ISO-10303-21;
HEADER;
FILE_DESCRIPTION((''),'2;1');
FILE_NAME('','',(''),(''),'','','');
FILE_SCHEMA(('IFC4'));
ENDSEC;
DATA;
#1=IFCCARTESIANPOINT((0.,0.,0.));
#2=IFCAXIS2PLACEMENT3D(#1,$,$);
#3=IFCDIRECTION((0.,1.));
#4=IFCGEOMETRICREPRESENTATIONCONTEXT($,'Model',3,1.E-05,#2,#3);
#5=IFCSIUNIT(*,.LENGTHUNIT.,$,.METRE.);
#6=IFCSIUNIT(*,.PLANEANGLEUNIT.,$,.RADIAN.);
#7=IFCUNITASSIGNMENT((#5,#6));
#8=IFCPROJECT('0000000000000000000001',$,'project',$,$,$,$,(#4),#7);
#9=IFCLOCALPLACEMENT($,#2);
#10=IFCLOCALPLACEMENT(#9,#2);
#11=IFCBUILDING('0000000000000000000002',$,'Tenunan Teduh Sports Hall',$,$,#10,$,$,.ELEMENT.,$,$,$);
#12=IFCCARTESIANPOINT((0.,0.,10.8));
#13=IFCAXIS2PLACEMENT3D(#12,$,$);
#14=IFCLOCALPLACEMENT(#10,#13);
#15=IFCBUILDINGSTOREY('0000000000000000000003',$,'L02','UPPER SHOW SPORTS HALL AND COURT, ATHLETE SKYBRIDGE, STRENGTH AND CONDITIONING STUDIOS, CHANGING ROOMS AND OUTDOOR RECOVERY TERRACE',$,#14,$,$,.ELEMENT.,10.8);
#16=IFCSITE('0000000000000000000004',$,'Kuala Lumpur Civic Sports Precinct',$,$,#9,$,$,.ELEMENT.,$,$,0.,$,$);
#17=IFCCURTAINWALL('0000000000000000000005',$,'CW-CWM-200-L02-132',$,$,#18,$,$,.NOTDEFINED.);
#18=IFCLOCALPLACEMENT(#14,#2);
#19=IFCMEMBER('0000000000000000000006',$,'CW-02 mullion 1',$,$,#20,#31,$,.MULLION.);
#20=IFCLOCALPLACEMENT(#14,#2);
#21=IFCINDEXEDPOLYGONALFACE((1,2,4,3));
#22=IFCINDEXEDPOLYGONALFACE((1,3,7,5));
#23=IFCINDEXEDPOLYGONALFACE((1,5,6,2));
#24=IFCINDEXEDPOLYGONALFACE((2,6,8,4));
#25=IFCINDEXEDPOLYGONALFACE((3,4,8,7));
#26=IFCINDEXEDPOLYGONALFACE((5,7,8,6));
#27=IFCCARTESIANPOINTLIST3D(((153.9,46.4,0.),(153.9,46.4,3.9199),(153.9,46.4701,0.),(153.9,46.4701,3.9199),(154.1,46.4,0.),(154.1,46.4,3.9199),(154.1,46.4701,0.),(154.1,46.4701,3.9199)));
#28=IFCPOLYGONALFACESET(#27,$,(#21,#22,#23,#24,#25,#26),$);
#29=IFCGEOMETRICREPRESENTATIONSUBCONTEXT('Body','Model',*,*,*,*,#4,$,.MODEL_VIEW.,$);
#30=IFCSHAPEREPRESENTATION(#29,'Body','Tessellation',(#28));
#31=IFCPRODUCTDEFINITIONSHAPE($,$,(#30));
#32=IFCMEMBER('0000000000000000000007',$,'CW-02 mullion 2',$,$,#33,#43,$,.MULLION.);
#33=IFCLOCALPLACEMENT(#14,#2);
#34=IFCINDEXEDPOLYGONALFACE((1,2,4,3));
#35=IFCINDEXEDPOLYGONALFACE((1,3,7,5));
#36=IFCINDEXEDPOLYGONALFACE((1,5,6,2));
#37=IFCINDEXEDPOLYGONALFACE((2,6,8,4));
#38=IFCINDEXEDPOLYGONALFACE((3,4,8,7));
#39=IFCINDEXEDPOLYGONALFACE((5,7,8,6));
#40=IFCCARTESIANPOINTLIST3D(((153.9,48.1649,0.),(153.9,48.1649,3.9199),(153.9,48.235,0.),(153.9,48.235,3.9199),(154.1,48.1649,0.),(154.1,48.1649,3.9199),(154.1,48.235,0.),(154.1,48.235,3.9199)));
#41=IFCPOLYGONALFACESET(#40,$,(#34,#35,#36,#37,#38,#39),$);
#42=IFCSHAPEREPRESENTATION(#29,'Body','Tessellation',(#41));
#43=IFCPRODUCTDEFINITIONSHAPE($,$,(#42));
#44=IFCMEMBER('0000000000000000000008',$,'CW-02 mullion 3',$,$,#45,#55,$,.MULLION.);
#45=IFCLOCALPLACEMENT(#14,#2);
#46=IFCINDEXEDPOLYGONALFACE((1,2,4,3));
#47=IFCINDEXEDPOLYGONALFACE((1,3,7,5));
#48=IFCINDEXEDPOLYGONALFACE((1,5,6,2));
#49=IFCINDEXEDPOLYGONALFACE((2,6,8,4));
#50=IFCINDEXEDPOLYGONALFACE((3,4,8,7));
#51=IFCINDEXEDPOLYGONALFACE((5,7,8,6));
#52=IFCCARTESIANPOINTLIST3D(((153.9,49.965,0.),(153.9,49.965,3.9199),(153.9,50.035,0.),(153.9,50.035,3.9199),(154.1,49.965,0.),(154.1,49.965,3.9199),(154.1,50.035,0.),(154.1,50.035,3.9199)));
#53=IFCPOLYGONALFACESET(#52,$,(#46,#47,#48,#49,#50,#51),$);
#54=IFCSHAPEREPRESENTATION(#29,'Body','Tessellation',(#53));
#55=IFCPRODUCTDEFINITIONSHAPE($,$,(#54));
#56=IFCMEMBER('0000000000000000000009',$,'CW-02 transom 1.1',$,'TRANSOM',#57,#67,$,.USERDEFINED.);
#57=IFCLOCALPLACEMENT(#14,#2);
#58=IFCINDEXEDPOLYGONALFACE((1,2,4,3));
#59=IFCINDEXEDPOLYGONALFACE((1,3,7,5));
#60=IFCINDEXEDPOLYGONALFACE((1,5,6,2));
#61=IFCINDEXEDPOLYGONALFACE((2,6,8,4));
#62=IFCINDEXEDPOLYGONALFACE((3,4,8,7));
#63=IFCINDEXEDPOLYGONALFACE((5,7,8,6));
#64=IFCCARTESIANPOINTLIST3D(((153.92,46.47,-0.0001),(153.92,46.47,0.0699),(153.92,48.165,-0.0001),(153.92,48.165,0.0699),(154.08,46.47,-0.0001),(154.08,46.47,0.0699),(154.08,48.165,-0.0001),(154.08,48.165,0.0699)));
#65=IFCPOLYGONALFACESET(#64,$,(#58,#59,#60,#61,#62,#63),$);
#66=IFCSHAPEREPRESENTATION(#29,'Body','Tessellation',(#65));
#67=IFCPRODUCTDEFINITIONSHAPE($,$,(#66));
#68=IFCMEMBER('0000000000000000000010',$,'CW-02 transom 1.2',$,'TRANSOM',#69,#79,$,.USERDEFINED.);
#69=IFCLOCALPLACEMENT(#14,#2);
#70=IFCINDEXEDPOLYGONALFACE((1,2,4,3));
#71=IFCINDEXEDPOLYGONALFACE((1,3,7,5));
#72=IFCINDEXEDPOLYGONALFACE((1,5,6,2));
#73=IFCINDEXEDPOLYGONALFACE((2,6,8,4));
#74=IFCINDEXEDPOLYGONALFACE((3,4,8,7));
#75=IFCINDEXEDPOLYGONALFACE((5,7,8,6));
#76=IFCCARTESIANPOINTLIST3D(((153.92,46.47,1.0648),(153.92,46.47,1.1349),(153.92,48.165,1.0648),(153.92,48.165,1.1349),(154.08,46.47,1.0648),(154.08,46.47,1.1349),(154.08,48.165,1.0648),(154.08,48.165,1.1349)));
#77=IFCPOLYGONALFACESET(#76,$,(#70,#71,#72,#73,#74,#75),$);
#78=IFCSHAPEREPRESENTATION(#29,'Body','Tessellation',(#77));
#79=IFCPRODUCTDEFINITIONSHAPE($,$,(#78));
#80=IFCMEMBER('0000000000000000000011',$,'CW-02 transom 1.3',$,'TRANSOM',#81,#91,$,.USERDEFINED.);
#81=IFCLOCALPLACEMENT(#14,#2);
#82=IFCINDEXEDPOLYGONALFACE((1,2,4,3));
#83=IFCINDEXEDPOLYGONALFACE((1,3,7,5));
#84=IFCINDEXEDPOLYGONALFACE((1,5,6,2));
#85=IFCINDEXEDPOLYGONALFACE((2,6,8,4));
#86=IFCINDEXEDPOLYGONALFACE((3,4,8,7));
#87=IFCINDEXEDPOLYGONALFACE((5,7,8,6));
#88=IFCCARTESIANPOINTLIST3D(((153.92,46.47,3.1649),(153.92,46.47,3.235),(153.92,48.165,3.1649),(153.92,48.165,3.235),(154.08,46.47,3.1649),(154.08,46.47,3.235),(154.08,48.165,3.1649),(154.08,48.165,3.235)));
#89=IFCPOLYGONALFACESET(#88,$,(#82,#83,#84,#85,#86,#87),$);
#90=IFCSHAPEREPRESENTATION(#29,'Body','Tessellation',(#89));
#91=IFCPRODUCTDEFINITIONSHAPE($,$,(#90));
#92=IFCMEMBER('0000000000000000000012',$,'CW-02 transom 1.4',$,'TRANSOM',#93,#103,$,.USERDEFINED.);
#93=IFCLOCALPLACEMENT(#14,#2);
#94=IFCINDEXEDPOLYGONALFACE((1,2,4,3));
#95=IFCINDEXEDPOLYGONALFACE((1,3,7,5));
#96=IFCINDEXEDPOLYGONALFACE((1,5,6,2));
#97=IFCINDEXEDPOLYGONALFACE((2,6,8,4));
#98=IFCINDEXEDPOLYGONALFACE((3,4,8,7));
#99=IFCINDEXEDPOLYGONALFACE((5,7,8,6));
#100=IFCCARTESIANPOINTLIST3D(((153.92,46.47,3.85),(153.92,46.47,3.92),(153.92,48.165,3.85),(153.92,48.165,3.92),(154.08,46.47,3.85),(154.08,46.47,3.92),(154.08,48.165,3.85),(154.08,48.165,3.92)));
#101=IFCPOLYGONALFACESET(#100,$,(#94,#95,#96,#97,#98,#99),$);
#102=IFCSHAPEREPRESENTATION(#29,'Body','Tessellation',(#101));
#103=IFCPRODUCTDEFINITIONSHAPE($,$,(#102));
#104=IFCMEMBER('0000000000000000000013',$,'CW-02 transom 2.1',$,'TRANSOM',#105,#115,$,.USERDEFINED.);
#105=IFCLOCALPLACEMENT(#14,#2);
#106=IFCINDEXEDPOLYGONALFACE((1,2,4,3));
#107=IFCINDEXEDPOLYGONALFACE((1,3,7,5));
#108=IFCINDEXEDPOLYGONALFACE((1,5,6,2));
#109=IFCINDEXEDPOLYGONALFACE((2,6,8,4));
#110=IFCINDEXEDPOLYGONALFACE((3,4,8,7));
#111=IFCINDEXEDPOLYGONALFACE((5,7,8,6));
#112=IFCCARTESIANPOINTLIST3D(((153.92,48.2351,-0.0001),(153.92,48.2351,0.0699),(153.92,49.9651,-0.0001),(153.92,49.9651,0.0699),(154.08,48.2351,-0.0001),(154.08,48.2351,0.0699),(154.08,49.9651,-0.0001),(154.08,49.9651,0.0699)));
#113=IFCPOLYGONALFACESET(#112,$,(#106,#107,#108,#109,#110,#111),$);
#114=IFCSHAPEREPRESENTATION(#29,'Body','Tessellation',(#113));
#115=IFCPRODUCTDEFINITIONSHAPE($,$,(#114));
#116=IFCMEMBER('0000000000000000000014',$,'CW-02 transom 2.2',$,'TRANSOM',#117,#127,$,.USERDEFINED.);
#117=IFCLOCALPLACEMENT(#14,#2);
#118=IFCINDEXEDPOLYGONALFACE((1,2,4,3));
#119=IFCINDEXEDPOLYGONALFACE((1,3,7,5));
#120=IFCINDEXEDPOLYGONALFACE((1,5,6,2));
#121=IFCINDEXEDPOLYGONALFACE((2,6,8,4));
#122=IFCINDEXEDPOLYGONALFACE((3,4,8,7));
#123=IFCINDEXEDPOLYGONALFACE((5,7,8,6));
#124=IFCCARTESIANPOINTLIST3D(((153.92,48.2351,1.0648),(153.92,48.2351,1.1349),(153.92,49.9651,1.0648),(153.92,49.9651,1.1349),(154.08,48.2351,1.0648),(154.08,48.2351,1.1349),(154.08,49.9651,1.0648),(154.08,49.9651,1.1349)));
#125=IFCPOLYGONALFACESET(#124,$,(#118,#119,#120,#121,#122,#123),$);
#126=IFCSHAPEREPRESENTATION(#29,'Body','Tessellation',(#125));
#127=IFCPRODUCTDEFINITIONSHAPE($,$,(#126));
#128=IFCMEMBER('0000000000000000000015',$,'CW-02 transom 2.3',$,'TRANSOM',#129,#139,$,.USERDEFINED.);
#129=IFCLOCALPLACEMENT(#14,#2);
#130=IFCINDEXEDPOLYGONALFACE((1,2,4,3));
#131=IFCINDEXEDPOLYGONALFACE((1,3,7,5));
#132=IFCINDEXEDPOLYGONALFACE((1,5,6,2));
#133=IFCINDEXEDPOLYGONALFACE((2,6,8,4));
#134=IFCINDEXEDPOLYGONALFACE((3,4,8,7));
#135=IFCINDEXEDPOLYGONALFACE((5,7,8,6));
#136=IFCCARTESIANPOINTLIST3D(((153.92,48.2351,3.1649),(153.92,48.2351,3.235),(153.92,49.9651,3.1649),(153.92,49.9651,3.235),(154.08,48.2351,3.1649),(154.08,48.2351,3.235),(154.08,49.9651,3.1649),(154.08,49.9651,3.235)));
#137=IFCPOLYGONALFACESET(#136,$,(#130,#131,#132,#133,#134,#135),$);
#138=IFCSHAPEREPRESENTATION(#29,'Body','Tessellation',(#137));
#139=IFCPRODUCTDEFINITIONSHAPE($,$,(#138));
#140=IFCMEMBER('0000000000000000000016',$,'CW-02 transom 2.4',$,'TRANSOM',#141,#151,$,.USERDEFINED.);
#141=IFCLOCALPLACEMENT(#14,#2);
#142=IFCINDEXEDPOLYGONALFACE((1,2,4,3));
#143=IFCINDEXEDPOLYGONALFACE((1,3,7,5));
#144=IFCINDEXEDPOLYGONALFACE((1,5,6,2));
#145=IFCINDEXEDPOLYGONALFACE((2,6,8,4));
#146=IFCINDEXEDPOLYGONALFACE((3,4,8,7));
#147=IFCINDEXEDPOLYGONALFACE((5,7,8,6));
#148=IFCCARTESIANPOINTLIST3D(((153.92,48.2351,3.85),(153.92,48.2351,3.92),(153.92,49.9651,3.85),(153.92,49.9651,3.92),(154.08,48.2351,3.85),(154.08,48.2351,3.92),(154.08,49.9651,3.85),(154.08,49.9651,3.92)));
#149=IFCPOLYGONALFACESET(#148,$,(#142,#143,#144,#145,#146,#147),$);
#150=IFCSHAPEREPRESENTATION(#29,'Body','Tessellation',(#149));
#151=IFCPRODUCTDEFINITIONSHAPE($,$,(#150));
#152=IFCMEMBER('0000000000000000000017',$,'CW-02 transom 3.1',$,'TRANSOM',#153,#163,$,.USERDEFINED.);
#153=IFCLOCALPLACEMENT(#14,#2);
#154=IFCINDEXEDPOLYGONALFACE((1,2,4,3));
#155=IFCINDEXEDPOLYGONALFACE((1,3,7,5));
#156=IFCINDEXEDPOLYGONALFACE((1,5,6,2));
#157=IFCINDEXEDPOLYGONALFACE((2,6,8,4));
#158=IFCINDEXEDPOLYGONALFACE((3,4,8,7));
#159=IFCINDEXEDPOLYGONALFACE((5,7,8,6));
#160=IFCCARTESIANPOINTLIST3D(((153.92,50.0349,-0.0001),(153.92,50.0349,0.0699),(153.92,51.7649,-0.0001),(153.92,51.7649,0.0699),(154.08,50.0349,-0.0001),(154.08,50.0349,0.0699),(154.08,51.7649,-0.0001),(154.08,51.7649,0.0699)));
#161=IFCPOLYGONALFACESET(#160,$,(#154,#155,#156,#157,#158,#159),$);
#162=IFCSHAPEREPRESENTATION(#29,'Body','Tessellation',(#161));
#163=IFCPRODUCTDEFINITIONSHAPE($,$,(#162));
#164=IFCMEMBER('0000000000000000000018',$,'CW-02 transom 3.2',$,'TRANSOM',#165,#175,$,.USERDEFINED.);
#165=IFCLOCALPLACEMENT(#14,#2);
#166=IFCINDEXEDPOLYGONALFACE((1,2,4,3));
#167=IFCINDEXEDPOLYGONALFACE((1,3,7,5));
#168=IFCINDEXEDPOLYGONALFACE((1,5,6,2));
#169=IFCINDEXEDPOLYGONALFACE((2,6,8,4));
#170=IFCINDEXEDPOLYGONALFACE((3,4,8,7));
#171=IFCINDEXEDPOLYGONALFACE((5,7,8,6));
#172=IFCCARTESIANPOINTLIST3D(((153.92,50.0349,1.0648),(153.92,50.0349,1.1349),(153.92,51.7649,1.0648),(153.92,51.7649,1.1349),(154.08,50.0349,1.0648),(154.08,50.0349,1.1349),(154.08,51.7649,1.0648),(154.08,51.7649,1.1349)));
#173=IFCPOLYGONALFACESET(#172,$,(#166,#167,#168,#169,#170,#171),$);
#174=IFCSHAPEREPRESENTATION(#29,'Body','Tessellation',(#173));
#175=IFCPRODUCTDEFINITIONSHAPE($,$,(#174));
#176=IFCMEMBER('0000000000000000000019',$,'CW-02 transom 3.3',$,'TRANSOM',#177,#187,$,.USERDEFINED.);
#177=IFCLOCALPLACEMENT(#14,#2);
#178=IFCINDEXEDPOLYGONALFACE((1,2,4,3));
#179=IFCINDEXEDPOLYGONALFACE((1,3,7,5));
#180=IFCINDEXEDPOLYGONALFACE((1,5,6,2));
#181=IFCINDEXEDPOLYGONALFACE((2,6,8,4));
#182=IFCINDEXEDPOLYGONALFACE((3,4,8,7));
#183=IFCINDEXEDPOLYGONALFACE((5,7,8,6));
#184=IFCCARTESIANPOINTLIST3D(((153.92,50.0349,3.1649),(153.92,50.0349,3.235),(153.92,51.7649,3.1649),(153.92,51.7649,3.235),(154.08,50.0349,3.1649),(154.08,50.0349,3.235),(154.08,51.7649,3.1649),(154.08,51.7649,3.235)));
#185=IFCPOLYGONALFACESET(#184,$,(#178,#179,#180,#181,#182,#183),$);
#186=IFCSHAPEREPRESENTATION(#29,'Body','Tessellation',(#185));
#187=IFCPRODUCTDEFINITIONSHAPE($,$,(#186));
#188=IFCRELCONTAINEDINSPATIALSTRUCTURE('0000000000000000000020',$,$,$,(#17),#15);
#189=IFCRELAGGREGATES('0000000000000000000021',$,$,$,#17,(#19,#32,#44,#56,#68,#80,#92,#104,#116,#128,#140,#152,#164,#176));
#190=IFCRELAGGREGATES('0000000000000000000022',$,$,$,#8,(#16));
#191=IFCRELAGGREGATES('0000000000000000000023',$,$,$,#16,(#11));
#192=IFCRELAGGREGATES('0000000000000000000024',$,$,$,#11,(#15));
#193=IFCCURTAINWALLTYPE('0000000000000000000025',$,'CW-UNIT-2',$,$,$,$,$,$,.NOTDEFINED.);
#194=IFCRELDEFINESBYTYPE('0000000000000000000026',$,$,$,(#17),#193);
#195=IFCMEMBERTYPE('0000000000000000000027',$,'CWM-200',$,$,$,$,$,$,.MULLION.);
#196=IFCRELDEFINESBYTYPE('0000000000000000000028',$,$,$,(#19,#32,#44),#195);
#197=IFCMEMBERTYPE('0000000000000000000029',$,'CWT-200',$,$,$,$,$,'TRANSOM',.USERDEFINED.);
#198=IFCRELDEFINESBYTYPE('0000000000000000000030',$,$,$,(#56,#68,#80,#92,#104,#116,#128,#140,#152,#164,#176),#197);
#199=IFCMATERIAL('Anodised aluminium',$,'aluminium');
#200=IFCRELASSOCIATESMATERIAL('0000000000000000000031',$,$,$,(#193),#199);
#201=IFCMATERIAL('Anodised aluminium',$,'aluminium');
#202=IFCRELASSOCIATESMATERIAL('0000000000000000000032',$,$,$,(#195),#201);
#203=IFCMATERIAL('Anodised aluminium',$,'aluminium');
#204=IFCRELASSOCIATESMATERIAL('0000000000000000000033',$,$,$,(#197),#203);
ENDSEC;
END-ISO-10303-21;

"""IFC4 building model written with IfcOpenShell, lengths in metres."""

from ifc_helpers import new_model, si_unit, direction, frame, origin, origin_2d, place, context, subcontext, project, spatial, rectangle, extrude, material, material_profile, profile_set, type_object, element, aggregate, save


model = new_model("IFC4")

# Units and contexts
model_context = context("Model", 3, precision=1e-05, world=origin(), true_north=direction((0.0, 1.0)))
body_context = subcontext(model_context, "Body", "Model", "MODEL_VIEW")
ifc_project = project(units=[si_unit("LENGTHUNIT", "METRE"), si_unit("PLANEANGLEUNIT", "RADIAN")], contexts=[model_context])

# Site, building, storey
site_placement = place(None, origin())
site = spatial("IfcSite", under=ifc_project, at=site_placement, Name="Kuala Lumpur Civic Sports Precinct", CompositionType="ELEMENT", RefElevation=0.0)
building_placement = place(site_placement, origin())
building = spatial("IfcBuilding", under=site, at=building_placement, Name="Tenunan Teduh Sports Hall", CompositionType="ELEMENT")
storey_placement = place(building_placement, frame((0.0, 0.0, 10.8)))
storey = spatial("IfcBuildingStorey", under=building, at=storey_placement, Name="L02", Description="UPPER SHOW SPORTS HALL AND COURT, ATHLETE SKYBRIDGE, STRENGTH AND CONDITIONING STUDIOS, CHANGING ROOMS AND OUTDOOR RECOVERY TERRACE", CompositionType="ELEMENT", Elevation=10.8)

# Curtain wall, members
ifc_material_1 = material(Name="Anodised aluminium", Category="aluminium")
curtain_wall_type = type_object("IfcCurtainWallType", Name="CW-UNIT-2", PredefinedType="NOTDEFINED", material=ifc_material_1)
curtain_wall_placement = place(storey_placement, origin())
curtain_wall = element("IfcCurtainWall", 1, at=curtain_wall_placement, inside=storey, type_object=curtain_wall_type, Name="CW-CWM-200-L02-132", PredefinedType="NOTDEFINED")
ifc_material_2 = material(Name="Anodised aluminium", Category="aluminium")
ifc_material_profile_1 = material_profile(ifc_material_2, rectangle(XDim=0.0701, YDim=0.2, at=origin_2d()), Name="CWM 70x200")
ifc_profile_set_1 = profile_set([ifc_material_profile_1], Name="Anodised aluminium")
member_type_1 = type_object("IfcMemberType", Name="CWM-200", PredefinedType="MULLION", material=ifc_profile_set_1)
member_1_placement = place(storey_placement, frame((154.0, 46.4351, 0.0), z_axis=(0.0, 0.0, 1.0), x_axis=(0.0, 1.0, 0.0)))
member_1 = element("IfcMember", 2, at=member_1_placement, type_object=member_type_1, Name="CW-02 mullion 1", PredefinedType="MULLION", context=body_context, shape_type="SweptSolid", body=[
    extrude(rectangle(XDim=0.0701, YDim=0.2, at=origin_2d()), origin(), (0.0, 0.0, 1.0), 3.9199),
])
member_2_placement = place(storey_placement, frame((154.0, 48.2, 0.0), z_axis=(0.0, 0.0, 1.0), x_axis=(0.0, 1.0, 0.0)))
member_2 = element("IfcMember", 3, at=member_2_placement, type_object=member_type_1, Name="CW-02 mullion 2", PredefinedType="MULLION", context=body_context, shape_type="SweptSolid", body=[
    extrude(rectangle(XDim=0.0701, YDim=0.2, at=origin_2d()), origin(), (0.0, 0.0, 1.0), 3.9199),
])
member_3_placement = place(storey_placement, frame((154.0, 50.0, 0.0), z_axis=(0.0, 0.0, 1.0), x_axis=(0.0, 1.0, 0.0)))
member_3 = element("IfcMember", 4, at=member_3_placement, type_object=member_type_1, Name="CW-02 mullion 3", PredefinedType="MULLION", context=body_context, shape_type="SweptSolid", body=[
    extrude(rectangle(XDim=0.0701, YDim=0.2, at=origin_2d()), origin(), (0.0, 0.0, 1.0), 3.9199),
])
ifc_material_3 = material(Name="Anodised aluminium", Category="aluminium")
ifc_material_profile_2 = material_profile(ifc_material_3, rectangle(XDim=0.0701, YDim=0.1599, at=origin_2d()), Name="CWT 70x160")
ifc_profile_set_2 = profile_set([ifc_material_profile_2], Name="Anodised aluminium")
member_type_2 = type_object("IfcMemberType", Name="CWT-200", ElementType="TRANSOM", PredefinedType="USERDEFINED", material=ifc_profile_set_2)
member_4_placement = place(storey_placement, frame((154.0, 46.47, 0.0349), z_axis=(0.0, 1.0, 0.0), x_axis=(0.0, 0.0, 1.0)))
member_4 = element("IfcMember", 5, at=member_4_placement, type_object=member_type_2, Name="CW-02 transom 1.1", ObjectType="TRANSOM", PredefinedType="USERDEFINED", context=body_context, shape_type="SweptSolid", body=[
    extrude(rectangle(XDim=0.0701, YDim=0.1599, at=origin_2d()), origin(), (0.0, 0.0, 1.0), 1.6951),
])
member_5_placement = place(storey_placement, frame((154.0, 46.47, 1.0999), z_axis=(0.0, 1.0, 0.0), x_axis=(0.0, 0.0, 1.0)))
member_5 = element("IfcMember", 6, at=member_5_placement, type_object=member_type_2, Name="CW-02 transom 1.2", ObjectType="TRANSOM", PredefinedType="USERDEFINED", context=body_context, shape_type="SweptSolid", body=[
    extrude(rectangle(XDim=0.0701, YDim=0.1599, at=origin_2d()), origin(), (0.0, 0.0, 1.0), 1.6951),
])
member_6_placement = place(storey_placement, frame((154.0, 46.47, 3.2), z_axis=(0.0, 1.0, 0.0), x_axis=(0.0, 0.0, 1.0)))
member_6 = element("IfcMember", 7, at=member_6_placement, type_object=member_type_2, Name="CW-02 transom 1.3", ObjectType="TRANSOM", PredefinedType="USERDEFINED", context=body_context, shape_type="SweptSolid", body=[
    extrude(rectangle(XDim=0.0701, YDim=0.1599, at=origin_2d()), origin(), (0.0, 0.0, 1.0), 1.6951),
])
member_7_placement = place(storey_placement, frame((154.0, 46.47, 3.885), z_axis=(0.0, 1.0, 0.0), x_axis=(0.0, 0.0, 1.0)))
member_7 = element("IfcMember", 8, at=member_7_placement, type_object=member_type_2, Name="CW-02 transom 1.4", ObjectType="TRANSOM", PredefinedType="USERDEFINED", context=body_context, shape_type="SweptSolid", body=[
    extrude(rectangle(XDim=0.0701, YDim=0.1599, at=origin_2d()), origin(), (0.0, 0.0, 1.0), 1.6951),
])
member_8_placement = place(storey_placement, frame((154.0, 48.2351, 0.0349), z_axis=(0.0, 1.0, 0.0), x_axis=(0.0, 0.0, 1.0)))
member_8 = element("IfcMember", 9, at=member_8_placement, type_object=member_type_2, Name="CW-02 transom 2.1", ObjectType="TRANSOM", PredefinedType="USERDEFINED", context=body_context, shape_type="SweptSolid", body=[
    extrude(rectangle(XDim=0.0701, YDim=0.1599, at=origin_2d()), origin(), (0.0, 0.0, 1.0), 1.73),
])
member_9_placement = place(storey_placement, frame((154.0, 48.2351, 1.0999), z_axis=(0.0, 1.0, 0.0), x_axis=(0.0, 0.0, 1.0)))
member_9 = element("IfcMember", 10, at=member_9_placement, type_object=member_type_2, Name="CW-02 transom 2.2", ObjectType="TRANSOM", PredefinedType="USERDEFINED", context=body_context, shape_type="SweptSolid", body=[
    extrude(rectangle(XDim=0.0701, YDim=0.1599, at=origin_2d()), origin(), (0.0, 0.0, 1.0), 1.73),
])
member_10_placement = place(storey_placement, frame((154.0, 48.2351, 3.2), z_axis=(0.0, 1.0, 0.0), x_axis=(0.0, 0.0, 1.0)))
member_10 = element("IfcMember", 11, at=member_10_placement, type_object=member_type_2, Name="CW-02 transom 2.3", ObjectType="TRANSOM", PredefinedType="USERDEFINED", context=body_context, shape_type="SweptSolid", body=[
    extrude(rectangle(XDim=0.0701, YDim=0.1599, at=origin_2d()), origin(), (0.0, 0.0, 1.0), 1.73),
])
member_11_placement = place(storey_placement, frame((154.0, 48.2351, 3.885), z_axis=(0.0, 1.0, 0.0), x_axis=(0.0, 0.0, 1.0)))
member_11 = element("IfcMember", 12, at=member_11_placement, type_object=member_type_2, Name="CW-02 transom 2.4", ObjectType="TRANSOM", PredefinedType="USERDEFINED", context=body_context, shape_type="SweptSolid", body=[
    extrude(rectangle(XDim=0.0701, YDim=0.1599, at=origin_2d()), origin(), (0.0, 0.0, 1.0), 1.73),
])
member_12_placement = place(storey_placement, frame((154.0, 50.0349, 0.0349), z_axis=(0.0, 1.0, 0.0), x_axis=(0.0, 0.0, 1.0)))
member_12 = element("IfcMember", 13, at=member_12_placement, type_object=member_type_2, Name="CW-02 transom 3.1", ObjectType="TRANSOM", PredefinedType="USERDEFINED", context=body_context, shape_type="SweptSolid", body=[
    extrude(rectangle(XDim=0.0701, YDim=0.1599, at=origin_2d()), origin(), (0.0, 0.0, 1.0), 1.73),
])
member_13_placement = place(storey_placement, frame((154.0, 50.0349, 1.0999), z_axis=(0.0, 1.0, 0.0), x_axis=(0.0, 0.0, 1.0)))
member_13 = element("IfcMember", 14, at=member_13_placement, type_object=member_type_2, Name="CW-02 transom 3.2", ObjectType="TRANSOM", PredefinedType="USERDEFINED", context=body_context, shape_type="SweptSolid", body=[
    extrude(rectangle(XDim=0.0701, YDim=0.1599, at=origin_2d()), origin(), (0.0, 0.0, 1.0), 1.73),
])
member_14_placement = place(storey_placement, frame((154.0, 50.0349, 3.2), z_axis=(0.0, 1.0, 0.0), x_axis=(0.0, 0.0, 1.0)))
member_14 = element("IfcMember", 15, at=member_14_placement, type_object=member_type_2, Name="CW-02 transom 3.3", ObjectType="TRANSOM", PredefinedType="USERDEFINED", context=body_context, shape_type="SweptSolid", body=[
    extrude(rectangle(XDim=0.0701, YDim=0.1599, at=origin_2d()), origin(), (0.0, 0.0, 1.0), 1.73),
])

aggregate(curtain_wall, [member_1, member_2, member_3, member_4, member_5, member_6, member_7, member_8, member_9, member_10, member_11, member_12, member_13, member_14])

save(model, "model.ifc")
